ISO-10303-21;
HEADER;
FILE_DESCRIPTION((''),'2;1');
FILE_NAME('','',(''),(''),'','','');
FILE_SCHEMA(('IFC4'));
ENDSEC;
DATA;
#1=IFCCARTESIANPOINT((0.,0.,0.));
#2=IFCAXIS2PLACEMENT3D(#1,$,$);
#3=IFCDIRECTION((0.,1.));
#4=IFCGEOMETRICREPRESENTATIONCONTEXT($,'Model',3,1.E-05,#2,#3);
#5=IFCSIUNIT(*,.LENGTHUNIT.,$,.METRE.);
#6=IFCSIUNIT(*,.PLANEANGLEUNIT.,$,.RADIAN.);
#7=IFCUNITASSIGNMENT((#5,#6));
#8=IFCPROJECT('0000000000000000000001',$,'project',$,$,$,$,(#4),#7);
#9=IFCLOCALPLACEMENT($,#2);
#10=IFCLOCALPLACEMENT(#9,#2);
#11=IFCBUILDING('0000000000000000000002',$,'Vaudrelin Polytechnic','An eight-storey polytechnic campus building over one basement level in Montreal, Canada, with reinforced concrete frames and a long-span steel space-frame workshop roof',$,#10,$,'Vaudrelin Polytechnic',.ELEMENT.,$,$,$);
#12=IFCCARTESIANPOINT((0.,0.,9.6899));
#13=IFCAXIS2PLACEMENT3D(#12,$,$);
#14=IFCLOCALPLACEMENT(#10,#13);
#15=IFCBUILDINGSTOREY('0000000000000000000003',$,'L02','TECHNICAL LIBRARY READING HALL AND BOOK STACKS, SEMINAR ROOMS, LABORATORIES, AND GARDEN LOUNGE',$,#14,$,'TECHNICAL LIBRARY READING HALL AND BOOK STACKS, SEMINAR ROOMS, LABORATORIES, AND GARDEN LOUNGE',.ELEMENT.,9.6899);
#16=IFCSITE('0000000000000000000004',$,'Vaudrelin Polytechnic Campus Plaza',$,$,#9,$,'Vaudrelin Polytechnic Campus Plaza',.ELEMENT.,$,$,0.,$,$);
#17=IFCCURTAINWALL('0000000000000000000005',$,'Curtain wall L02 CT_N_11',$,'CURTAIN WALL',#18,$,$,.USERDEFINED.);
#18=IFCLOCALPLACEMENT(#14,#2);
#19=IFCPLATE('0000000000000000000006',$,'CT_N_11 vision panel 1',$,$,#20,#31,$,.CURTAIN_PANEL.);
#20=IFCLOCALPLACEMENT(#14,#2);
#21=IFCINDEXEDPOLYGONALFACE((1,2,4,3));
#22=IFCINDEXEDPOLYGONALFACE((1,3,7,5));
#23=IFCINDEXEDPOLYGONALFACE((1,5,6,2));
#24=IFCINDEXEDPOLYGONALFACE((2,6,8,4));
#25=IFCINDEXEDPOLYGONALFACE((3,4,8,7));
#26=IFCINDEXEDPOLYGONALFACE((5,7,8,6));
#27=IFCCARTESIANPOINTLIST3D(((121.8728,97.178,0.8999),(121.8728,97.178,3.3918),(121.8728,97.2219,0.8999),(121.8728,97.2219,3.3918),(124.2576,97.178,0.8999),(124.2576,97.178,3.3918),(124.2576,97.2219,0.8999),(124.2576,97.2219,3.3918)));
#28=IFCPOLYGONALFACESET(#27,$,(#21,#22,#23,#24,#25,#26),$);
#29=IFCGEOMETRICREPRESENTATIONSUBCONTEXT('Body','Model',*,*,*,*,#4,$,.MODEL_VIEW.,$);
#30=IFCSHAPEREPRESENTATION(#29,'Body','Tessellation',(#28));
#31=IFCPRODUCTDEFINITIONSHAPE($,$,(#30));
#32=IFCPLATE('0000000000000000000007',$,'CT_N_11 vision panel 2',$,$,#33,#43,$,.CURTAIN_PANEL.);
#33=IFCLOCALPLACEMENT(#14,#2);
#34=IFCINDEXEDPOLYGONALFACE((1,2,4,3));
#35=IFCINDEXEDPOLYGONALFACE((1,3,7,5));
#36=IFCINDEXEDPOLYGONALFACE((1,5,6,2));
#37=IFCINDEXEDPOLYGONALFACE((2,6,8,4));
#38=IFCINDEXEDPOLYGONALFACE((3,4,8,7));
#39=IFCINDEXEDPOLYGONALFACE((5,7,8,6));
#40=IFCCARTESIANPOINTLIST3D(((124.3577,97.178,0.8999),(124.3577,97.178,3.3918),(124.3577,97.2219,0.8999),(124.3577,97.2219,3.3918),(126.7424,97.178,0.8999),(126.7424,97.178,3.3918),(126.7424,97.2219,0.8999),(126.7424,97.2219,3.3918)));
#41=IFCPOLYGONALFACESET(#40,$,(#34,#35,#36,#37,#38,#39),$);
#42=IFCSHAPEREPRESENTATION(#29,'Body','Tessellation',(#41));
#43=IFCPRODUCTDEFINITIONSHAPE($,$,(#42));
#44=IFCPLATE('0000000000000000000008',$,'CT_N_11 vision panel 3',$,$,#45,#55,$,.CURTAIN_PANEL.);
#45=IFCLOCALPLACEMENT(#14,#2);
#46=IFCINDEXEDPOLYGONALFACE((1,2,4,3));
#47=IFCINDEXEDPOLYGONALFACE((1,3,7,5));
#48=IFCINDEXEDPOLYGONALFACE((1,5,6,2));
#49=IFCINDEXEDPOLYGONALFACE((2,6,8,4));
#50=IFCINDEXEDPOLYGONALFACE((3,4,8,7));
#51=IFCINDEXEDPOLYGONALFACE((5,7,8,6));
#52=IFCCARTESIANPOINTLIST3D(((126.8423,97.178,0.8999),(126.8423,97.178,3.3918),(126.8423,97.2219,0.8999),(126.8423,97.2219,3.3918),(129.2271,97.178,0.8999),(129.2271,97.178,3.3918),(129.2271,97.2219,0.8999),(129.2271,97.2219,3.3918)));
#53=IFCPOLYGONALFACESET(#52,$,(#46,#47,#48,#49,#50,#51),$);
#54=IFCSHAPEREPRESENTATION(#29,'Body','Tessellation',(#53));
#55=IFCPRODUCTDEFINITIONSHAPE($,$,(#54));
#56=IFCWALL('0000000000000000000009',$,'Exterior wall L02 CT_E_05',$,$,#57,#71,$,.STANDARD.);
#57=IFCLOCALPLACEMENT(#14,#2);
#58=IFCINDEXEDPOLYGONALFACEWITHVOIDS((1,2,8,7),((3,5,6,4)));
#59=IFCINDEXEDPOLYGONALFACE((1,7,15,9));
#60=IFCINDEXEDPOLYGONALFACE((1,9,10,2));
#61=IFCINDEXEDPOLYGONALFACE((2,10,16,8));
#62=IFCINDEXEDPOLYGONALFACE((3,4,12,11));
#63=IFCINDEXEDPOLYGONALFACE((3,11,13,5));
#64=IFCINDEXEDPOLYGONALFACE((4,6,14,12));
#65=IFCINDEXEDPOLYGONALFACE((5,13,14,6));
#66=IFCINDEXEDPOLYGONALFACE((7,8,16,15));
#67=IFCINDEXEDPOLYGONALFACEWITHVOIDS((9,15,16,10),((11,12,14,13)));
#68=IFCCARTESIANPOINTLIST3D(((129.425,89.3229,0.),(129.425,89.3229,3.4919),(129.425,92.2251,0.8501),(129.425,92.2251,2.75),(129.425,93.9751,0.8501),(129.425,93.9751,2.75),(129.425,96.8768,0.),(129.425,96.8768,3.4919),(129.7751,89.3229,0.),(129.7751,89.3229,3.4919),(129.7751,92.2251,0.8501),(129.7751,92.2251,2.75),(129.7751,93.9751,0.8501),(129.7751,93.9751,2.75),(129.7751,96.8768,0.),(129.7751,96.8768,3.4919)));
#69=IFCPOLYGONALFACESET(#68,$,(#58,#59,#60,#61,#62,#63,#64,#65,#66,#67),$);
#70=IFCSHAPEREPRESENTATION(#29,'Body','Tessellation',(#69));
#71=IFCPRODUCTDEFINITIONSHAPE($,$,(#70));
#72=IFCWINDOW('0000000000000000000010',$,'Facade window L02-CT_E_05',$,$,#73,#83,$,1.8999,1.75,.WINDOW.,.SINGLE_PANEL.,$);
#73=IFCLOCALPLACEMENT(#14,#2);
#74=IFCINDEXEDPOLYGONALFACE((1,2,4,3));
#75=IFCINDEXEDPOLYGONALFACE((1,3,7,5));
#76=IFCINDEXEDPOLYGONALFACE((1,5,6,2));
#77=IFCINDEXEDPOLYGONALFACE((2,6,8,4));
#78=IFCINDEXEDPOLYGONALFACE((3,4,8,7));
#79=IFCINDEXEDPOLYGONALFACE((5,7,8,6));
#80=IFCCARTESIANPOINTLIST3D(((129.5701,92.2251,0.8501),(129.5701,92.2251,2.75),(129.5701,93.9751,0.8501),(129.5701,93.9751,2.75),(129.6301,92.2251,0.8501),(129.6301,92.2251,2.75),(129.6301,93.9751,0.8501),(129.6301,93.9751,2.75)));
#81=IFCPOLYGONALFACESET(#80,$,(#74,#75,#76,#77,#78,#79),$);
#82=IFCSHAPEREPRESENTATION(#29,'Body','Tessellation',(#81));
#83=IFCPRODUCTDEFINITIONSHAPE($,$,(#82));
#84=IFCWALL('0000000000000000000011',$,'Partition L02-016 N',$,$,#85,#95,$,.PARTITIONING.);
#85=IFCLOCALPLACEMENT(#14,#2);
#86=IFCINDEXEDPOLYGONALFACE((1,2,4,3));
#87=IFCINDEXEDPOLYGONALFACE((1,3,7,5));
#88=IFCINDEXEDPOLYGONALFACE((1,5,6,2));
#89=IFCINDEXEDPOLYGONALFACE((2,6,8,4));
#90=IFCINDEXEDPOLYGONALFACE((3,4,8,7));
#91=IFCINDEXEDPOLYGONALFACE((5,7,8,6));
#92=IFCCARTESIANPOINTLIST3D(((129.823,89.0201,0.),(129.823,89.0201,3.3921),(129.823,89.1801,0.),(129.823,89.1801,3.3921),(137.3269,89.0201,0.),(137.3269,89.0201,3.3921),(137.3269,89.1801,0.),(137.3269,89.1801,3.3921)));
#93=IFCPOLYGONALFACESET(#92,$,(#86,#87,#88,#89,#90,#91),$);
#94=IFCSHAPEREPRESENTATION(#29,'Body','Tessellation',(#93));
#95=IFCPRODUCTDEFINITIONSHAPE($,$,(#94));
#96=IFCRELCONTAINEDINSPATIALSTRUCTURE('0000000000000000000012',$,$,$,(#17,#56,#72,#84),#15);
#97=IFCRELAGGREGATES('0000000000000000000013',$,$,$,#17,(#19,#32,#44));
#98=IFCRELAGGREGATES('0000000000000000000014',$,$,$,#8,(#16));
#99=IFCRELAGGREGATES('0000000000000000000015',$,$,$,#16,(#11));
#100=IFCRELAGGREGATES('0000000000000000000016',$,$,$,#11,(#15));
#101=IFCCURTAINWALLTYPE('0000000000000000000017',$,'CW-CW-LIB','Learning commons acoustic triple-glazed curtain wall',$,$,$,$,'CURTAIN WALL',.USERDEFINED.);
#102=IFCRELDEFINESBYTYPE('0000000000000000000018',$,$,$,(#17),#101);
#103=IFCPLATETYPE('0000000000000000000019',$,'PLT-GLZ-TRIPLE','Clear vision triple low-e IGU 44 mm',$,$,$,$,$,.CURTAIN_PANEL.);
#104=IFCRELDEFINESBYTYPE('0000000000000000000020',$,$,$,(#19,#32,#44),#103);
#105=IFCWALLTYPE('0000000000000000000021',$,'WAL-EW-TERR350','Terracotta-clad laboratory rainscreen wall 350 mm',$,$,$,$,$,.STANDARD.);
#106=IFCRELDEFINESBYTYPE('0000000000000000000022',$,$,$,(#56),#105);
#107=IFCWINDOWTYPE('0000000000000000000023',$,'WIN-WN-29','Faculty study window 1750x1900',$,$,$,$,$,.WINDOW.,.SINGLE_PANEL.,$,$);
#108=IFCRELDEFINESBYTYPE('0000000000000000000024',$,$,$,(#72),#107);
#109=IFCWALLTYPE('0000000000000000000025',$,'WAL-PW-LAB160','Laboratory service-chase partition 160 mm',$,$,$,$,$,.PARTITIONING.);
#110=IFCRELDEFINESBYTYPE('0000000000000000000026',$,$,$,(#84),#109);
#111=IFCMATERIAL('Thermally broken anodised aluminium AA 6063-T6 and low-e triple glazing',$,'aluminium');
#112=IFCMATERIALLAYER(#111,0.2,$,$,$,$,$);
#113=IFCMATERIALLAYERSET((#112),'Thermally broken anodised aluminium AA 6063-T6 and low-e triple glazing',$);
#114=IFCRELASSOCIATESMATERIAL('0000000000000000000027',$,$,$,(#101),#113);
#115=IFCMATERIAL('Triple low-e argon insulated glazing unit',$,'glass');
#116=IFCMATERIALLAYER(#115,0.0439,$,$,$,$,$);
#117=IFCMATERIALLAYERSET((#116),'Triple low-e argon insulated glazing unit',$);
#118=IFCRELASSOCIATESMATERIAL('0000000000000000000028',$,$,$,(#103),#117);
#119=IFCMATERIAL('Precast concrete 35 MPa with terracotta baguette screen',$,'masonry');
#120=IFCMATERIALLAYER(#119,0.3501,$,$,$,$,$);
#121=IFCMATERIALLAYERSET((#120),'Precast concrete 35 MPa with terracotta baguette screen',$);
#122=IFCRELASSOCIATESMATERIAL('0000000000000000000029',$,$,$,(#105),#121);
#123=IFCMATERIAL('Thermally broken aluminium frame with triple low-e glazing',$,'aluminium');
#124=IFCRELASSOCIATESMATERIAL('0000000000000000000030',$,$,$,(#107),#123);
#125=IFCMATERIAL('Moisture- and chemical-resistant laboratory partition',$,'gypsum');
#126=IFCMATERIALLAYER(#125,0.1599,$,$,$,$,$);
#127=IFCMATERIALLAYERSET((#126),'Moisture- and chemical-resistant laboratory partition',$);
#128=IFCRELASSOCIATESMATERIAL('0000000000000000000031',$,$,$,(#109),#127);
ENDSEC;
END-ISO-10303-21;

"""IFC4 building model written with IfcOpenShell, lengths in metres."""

from ifc_helpers import new_model, si_unit, direction, frame, frame_2d, origin, origin_2d, place, context, subcontext, project, spatial, rectangle, extrude, material, layer, layer_set, type_object, element, fill, aggregate, save


model = new_model("IFC4")

# Units and contexts
model_context = context("Model", 3, precision=1e-05, world=origin(), true_north=direction((0.0, 1.0)))
body_context = subcontext(model_context, "Body", "Model", "MODEL_VIEW")
ifc_project = project(units=[si_unit("LENGTHUNIT", "METRE"), si_unit("PLANEANGLEUNIT", "RADIAN")], contexts=[model_context])

# Site, building, storey
site_placement = place(None, origin())
site = spatial("IfcSite", under=ifc_project, at=site_placement, Name="Vaudrelin Polytechnic Campus Plaza", LongName="Vaudrelin Polytechnic Campus Plaza", CompositionType="ELEMENT", RefElevation=0.0)
building_placement = place(site_placement, origin())
building = spatial("IfcBuilding", under=site, at=building_placement, Name="Vaudrelin Polytechnic", Description="An eight-storey polytechnic campus building over one basement level in Montreal, Canada, with reinforced concrete frames and a long-span steel space-frame workshop roof", LongName="Vaudrelin Polytechnic", CompositionType="ELEMENT")
storey_placement = place(building_placement, frame((0.0, 0.0, 9.6899)))
storey = spatial("IfcBuildingStorey", under=building, at=storey_placement, Name="L02", Description="TECHNICAL LIBRARY READING HALL AND BOOK STACKS, SEMINAR ROOMS, LABORATORIES, AND GARDEN LOUNGE", LongName="TECHNICAL LIBRARY READING HALL AND BOOK STACKS, SEMINAR ROOMS, LABORATORIES, AND GARDEN LOUNGE", CompositionType="ELEMENT", Elevation=9.6899)

# Curtain wall
ifc_material_1 = material(Name="Thermally broken anodised aluminium AA 6063-T6 and low-e triple glazing", Category="aluminium")
ifc_layer_1 = layer(ifc_material_1, 0.2)
ifc_layer_set_1 = layer_set([ifc_layer_1], Name="Thermally broken anodised aluminium AA 6063-T6 and low-e triple glazing")
curtain_wall_type = type_object("IfcCurtainWallType", Name="CW-CW-LIB", Description="Learning commons acoustic triple-glazed curtain wall", ElementType="CURTAIN WALL", PredefinedType="USERDEFINED", material=ifc_layer_set_1)
curtain_wall_1_placement = place(storey_placement, origin())
curtain_wall_1 = element("IfcCurtainWall", 1, at=curtain_wall_1_placement, inside=storey, type_object=curtain_wall_type, Name="Curtain wall L02 CT_N_11", ObjectType="CURTAIN WALL", PredefinedType="USERDEFINED")

# Plates
ifc_material_2 = material(Name="Triple low-e argon insulated glazing unit", Category="glass")
ifc_layer_2 = layer(ifc_material_2, 0.0439)
ifc_layer_set_2 = layer_set([ifc_layer_2], Name="Triple low-e argon insulated glazing unit")
plate_type_1 = type_object("IfcPlateType", Name="PLT-GLZ-TRIPLE", Description="Clear vision triple low-e IGU 44 mm", PredefinedType="CURTAIN_PANEL", material=ifc_layer_set_2)
plate_1_placement = place(storey_placement, frame((123.0652, 97.2, 0.8999), z_axis=(0.0, 0.0, 1.0), x_axis=(1.0, 0.0, 0.0)))
plate_1 = element("IfcPlate", 2, at=plate_1_placement, type_object=plate_type_1, Name="CT_N_11 vision panel 1", PredefinedType="CURTAIN_PANEL", context=body_context, shape_type="SweptSolid", body=[
    extrude(rectangle(XDim=2.3848, YDim=0.0439, at=origin_2d()), origin(), (0.0, 0.0, 1.0), 2.4919),
])
plate_2_placement = place(storey_placement, frame((125.55, 97.2, 0.8999), z_axis=(0.0, 0.0, 1.0), x_axis=(1.0, 0.0, 0.0)))
plate_2 = element("IfcPlate", 3, at=plate_2_placement, type_object=plate_type_1, Name="CT_N_11 vision panel 2", PredefinedType="CURTAIN_PANEL", context=body_context, shape_type="SweptSolid", body=[
    extrude(rectangle(XDim=2.3848, YDim=0.0439, at=origin_2d()), origin(), (0.0, 0.0, 1.0), 2.4919),
])
plate_3_placement = place(storey_placement, frame((128.0347, 97.2, 0.8999), z_axis=(0.0, 0.0, 1.0), x_axis=(1.0, 0.0, 0.0)))
plate_3 = element("IfcPlate", 4, at=plate_3_placement, type_object=plate_type_1, Name="CT_N_11 vision panel 3", PredefinedType="CURTAIN_PANEL", context=body_context, shape_type="SweptSolid", body=[
    extrude(rectangle(XDim=2.3848, YDim=0.0439, at=origin_2d()), origin(), (0.0, 0.0, 1.0), 2.4919),
])
aggregate(curtain_wall_1, [plate_1, plate_2, plate_3])

# Wall, opening, window
ifc_material_3 = material(Name="Precast concrete 35 MPa with terracotta baguette screen", Category="masonry")
ifc_layer_3 = layer(ifc_material_3, 0.3501)
ifc_layer_set_3 = layer_set([ifc_layer_3], Name="Precast concrete 35 MPa with terracotta baguette screen")
wall_type_1 = type_object("IfcWallType", Name="WAL-EW-TERR350", Description="Terracotta-clad laboratory rainscreen wall 350 mm", PredefinedType="STANDARD", material=ifc_layer_set_3)
wall_1_placement = place(storey_placement, frame((129.6001, 89.323, 0.0), z_axis=(0.0, 0.0, 1.0), x_axis=(0.0, 1.0, 0.0)))
wall_1 = element("IfcWall", 5, at=wall_1_placement, inside=storey, type_object=wall_type_1, Name="Exterior wall L02 CT_E_05", PredefinedType="STANDARD", context=body_context, shape_type="SweptSolid", body=[
    extrude(rectangle(XDim=7.554, YDim=0.3501, at=frame_2d((3.7769, 0.0))), origin(), (0.0, 0.0, 1.0), 3.4919),
])
opening_placement = place(wall_1_placement, frame((2.9021, 0.0, 0.8501)))
opening = element("IfcOpeningElement", 6, at=opening_placement, cuts=wall_1, PredefinedType="OPENING", context=body_context, shape_type="SweptSolid", body=[
    extrude(rectangle(XDim=1.75, YDim=1.8999, at=frame_2d((0.875, 0.95))), frame((0.0, 0.1851, 0.0), z_axis=(0.0, -1.0, 0.0), x_axis=(1.0, 0.0, 0.0)), (0.0, 0.0, 1.0), 0.3701),
])
ifc_material_4 = material(Name="Thermally broken aluminium frame with triple low-e glazing", Category="aluminium")
window_type = type_object("IfcWindowType", Name="WIN-WN-29", Description="Faculty study window 1750x1900", PartitioningType="SINGLE_PANEL", PredefinedType="WINDOW", material=ifc_material_4)
window_placement = place(opening_placement, origin())
window = element("IfcWindow", 7, at=window_placement, inside=storey, type_object=window_type, Name="Facade window L02-CT_E_05", OverallHeight=1.8999, OverallWidth=1.75, PartitioningType="SINGLE_PANEL", PredefinedType="WINDOW", context=body_context, shape_type="SweptSolid", body=[
    extrude(rectangle(XDim=1.75, YDim=1.8999, at=frame_2d((0.875, 0.95))), frame((0.0, 0.03, 0.0), z_axis=(0.0, -1.0, 0.0), x_axis=(1.0, 0.0, 0.0)), (0.0, 0.0, 1.0), 0.0601),
])
fill(opening, window)

# Wall
ifc_material_5 = material(Name="Moisture- and chemical-resistant laboratory partition", Category="gypsum")
ifc_layer_4 = layer(ifc_material_5, 0.1599)
ifc_layer_set_4 = layer_set([ifc_layer_4], Name="Moisture- and chemical-resistant laboratory partition")
wall_type_2 = type_object("IfcWallType", Name="WAL-PW-LAB160", Description="Laboratory service-chase partition 160 mm", PredefinedType="PARTITIONING", material=ifc_layer_set_4)
wall_2_placement = place(storey_placement, frame((129.823, 89.1001, 0.0), z_axis=(0.0, 0.0, 1.0), x_axis=(1.0, 0.0, 0.0)))
element("IfcWall", 8, at=wall_2_placement, inside=storey, type_object=wall_type_2, Name="Partition L02-016 N", PredefinedType="PARTITIONING", context=body_context, shape_type="SweptSolid", body=[
    extrude(rectangle(XDim=7.5039, YDim=0.1599, at=frame_2d((3.752, 0.0))), origin(), (0.0, 0.0, 1.0), 3.3921),
])

save(model, "model.ifc")
